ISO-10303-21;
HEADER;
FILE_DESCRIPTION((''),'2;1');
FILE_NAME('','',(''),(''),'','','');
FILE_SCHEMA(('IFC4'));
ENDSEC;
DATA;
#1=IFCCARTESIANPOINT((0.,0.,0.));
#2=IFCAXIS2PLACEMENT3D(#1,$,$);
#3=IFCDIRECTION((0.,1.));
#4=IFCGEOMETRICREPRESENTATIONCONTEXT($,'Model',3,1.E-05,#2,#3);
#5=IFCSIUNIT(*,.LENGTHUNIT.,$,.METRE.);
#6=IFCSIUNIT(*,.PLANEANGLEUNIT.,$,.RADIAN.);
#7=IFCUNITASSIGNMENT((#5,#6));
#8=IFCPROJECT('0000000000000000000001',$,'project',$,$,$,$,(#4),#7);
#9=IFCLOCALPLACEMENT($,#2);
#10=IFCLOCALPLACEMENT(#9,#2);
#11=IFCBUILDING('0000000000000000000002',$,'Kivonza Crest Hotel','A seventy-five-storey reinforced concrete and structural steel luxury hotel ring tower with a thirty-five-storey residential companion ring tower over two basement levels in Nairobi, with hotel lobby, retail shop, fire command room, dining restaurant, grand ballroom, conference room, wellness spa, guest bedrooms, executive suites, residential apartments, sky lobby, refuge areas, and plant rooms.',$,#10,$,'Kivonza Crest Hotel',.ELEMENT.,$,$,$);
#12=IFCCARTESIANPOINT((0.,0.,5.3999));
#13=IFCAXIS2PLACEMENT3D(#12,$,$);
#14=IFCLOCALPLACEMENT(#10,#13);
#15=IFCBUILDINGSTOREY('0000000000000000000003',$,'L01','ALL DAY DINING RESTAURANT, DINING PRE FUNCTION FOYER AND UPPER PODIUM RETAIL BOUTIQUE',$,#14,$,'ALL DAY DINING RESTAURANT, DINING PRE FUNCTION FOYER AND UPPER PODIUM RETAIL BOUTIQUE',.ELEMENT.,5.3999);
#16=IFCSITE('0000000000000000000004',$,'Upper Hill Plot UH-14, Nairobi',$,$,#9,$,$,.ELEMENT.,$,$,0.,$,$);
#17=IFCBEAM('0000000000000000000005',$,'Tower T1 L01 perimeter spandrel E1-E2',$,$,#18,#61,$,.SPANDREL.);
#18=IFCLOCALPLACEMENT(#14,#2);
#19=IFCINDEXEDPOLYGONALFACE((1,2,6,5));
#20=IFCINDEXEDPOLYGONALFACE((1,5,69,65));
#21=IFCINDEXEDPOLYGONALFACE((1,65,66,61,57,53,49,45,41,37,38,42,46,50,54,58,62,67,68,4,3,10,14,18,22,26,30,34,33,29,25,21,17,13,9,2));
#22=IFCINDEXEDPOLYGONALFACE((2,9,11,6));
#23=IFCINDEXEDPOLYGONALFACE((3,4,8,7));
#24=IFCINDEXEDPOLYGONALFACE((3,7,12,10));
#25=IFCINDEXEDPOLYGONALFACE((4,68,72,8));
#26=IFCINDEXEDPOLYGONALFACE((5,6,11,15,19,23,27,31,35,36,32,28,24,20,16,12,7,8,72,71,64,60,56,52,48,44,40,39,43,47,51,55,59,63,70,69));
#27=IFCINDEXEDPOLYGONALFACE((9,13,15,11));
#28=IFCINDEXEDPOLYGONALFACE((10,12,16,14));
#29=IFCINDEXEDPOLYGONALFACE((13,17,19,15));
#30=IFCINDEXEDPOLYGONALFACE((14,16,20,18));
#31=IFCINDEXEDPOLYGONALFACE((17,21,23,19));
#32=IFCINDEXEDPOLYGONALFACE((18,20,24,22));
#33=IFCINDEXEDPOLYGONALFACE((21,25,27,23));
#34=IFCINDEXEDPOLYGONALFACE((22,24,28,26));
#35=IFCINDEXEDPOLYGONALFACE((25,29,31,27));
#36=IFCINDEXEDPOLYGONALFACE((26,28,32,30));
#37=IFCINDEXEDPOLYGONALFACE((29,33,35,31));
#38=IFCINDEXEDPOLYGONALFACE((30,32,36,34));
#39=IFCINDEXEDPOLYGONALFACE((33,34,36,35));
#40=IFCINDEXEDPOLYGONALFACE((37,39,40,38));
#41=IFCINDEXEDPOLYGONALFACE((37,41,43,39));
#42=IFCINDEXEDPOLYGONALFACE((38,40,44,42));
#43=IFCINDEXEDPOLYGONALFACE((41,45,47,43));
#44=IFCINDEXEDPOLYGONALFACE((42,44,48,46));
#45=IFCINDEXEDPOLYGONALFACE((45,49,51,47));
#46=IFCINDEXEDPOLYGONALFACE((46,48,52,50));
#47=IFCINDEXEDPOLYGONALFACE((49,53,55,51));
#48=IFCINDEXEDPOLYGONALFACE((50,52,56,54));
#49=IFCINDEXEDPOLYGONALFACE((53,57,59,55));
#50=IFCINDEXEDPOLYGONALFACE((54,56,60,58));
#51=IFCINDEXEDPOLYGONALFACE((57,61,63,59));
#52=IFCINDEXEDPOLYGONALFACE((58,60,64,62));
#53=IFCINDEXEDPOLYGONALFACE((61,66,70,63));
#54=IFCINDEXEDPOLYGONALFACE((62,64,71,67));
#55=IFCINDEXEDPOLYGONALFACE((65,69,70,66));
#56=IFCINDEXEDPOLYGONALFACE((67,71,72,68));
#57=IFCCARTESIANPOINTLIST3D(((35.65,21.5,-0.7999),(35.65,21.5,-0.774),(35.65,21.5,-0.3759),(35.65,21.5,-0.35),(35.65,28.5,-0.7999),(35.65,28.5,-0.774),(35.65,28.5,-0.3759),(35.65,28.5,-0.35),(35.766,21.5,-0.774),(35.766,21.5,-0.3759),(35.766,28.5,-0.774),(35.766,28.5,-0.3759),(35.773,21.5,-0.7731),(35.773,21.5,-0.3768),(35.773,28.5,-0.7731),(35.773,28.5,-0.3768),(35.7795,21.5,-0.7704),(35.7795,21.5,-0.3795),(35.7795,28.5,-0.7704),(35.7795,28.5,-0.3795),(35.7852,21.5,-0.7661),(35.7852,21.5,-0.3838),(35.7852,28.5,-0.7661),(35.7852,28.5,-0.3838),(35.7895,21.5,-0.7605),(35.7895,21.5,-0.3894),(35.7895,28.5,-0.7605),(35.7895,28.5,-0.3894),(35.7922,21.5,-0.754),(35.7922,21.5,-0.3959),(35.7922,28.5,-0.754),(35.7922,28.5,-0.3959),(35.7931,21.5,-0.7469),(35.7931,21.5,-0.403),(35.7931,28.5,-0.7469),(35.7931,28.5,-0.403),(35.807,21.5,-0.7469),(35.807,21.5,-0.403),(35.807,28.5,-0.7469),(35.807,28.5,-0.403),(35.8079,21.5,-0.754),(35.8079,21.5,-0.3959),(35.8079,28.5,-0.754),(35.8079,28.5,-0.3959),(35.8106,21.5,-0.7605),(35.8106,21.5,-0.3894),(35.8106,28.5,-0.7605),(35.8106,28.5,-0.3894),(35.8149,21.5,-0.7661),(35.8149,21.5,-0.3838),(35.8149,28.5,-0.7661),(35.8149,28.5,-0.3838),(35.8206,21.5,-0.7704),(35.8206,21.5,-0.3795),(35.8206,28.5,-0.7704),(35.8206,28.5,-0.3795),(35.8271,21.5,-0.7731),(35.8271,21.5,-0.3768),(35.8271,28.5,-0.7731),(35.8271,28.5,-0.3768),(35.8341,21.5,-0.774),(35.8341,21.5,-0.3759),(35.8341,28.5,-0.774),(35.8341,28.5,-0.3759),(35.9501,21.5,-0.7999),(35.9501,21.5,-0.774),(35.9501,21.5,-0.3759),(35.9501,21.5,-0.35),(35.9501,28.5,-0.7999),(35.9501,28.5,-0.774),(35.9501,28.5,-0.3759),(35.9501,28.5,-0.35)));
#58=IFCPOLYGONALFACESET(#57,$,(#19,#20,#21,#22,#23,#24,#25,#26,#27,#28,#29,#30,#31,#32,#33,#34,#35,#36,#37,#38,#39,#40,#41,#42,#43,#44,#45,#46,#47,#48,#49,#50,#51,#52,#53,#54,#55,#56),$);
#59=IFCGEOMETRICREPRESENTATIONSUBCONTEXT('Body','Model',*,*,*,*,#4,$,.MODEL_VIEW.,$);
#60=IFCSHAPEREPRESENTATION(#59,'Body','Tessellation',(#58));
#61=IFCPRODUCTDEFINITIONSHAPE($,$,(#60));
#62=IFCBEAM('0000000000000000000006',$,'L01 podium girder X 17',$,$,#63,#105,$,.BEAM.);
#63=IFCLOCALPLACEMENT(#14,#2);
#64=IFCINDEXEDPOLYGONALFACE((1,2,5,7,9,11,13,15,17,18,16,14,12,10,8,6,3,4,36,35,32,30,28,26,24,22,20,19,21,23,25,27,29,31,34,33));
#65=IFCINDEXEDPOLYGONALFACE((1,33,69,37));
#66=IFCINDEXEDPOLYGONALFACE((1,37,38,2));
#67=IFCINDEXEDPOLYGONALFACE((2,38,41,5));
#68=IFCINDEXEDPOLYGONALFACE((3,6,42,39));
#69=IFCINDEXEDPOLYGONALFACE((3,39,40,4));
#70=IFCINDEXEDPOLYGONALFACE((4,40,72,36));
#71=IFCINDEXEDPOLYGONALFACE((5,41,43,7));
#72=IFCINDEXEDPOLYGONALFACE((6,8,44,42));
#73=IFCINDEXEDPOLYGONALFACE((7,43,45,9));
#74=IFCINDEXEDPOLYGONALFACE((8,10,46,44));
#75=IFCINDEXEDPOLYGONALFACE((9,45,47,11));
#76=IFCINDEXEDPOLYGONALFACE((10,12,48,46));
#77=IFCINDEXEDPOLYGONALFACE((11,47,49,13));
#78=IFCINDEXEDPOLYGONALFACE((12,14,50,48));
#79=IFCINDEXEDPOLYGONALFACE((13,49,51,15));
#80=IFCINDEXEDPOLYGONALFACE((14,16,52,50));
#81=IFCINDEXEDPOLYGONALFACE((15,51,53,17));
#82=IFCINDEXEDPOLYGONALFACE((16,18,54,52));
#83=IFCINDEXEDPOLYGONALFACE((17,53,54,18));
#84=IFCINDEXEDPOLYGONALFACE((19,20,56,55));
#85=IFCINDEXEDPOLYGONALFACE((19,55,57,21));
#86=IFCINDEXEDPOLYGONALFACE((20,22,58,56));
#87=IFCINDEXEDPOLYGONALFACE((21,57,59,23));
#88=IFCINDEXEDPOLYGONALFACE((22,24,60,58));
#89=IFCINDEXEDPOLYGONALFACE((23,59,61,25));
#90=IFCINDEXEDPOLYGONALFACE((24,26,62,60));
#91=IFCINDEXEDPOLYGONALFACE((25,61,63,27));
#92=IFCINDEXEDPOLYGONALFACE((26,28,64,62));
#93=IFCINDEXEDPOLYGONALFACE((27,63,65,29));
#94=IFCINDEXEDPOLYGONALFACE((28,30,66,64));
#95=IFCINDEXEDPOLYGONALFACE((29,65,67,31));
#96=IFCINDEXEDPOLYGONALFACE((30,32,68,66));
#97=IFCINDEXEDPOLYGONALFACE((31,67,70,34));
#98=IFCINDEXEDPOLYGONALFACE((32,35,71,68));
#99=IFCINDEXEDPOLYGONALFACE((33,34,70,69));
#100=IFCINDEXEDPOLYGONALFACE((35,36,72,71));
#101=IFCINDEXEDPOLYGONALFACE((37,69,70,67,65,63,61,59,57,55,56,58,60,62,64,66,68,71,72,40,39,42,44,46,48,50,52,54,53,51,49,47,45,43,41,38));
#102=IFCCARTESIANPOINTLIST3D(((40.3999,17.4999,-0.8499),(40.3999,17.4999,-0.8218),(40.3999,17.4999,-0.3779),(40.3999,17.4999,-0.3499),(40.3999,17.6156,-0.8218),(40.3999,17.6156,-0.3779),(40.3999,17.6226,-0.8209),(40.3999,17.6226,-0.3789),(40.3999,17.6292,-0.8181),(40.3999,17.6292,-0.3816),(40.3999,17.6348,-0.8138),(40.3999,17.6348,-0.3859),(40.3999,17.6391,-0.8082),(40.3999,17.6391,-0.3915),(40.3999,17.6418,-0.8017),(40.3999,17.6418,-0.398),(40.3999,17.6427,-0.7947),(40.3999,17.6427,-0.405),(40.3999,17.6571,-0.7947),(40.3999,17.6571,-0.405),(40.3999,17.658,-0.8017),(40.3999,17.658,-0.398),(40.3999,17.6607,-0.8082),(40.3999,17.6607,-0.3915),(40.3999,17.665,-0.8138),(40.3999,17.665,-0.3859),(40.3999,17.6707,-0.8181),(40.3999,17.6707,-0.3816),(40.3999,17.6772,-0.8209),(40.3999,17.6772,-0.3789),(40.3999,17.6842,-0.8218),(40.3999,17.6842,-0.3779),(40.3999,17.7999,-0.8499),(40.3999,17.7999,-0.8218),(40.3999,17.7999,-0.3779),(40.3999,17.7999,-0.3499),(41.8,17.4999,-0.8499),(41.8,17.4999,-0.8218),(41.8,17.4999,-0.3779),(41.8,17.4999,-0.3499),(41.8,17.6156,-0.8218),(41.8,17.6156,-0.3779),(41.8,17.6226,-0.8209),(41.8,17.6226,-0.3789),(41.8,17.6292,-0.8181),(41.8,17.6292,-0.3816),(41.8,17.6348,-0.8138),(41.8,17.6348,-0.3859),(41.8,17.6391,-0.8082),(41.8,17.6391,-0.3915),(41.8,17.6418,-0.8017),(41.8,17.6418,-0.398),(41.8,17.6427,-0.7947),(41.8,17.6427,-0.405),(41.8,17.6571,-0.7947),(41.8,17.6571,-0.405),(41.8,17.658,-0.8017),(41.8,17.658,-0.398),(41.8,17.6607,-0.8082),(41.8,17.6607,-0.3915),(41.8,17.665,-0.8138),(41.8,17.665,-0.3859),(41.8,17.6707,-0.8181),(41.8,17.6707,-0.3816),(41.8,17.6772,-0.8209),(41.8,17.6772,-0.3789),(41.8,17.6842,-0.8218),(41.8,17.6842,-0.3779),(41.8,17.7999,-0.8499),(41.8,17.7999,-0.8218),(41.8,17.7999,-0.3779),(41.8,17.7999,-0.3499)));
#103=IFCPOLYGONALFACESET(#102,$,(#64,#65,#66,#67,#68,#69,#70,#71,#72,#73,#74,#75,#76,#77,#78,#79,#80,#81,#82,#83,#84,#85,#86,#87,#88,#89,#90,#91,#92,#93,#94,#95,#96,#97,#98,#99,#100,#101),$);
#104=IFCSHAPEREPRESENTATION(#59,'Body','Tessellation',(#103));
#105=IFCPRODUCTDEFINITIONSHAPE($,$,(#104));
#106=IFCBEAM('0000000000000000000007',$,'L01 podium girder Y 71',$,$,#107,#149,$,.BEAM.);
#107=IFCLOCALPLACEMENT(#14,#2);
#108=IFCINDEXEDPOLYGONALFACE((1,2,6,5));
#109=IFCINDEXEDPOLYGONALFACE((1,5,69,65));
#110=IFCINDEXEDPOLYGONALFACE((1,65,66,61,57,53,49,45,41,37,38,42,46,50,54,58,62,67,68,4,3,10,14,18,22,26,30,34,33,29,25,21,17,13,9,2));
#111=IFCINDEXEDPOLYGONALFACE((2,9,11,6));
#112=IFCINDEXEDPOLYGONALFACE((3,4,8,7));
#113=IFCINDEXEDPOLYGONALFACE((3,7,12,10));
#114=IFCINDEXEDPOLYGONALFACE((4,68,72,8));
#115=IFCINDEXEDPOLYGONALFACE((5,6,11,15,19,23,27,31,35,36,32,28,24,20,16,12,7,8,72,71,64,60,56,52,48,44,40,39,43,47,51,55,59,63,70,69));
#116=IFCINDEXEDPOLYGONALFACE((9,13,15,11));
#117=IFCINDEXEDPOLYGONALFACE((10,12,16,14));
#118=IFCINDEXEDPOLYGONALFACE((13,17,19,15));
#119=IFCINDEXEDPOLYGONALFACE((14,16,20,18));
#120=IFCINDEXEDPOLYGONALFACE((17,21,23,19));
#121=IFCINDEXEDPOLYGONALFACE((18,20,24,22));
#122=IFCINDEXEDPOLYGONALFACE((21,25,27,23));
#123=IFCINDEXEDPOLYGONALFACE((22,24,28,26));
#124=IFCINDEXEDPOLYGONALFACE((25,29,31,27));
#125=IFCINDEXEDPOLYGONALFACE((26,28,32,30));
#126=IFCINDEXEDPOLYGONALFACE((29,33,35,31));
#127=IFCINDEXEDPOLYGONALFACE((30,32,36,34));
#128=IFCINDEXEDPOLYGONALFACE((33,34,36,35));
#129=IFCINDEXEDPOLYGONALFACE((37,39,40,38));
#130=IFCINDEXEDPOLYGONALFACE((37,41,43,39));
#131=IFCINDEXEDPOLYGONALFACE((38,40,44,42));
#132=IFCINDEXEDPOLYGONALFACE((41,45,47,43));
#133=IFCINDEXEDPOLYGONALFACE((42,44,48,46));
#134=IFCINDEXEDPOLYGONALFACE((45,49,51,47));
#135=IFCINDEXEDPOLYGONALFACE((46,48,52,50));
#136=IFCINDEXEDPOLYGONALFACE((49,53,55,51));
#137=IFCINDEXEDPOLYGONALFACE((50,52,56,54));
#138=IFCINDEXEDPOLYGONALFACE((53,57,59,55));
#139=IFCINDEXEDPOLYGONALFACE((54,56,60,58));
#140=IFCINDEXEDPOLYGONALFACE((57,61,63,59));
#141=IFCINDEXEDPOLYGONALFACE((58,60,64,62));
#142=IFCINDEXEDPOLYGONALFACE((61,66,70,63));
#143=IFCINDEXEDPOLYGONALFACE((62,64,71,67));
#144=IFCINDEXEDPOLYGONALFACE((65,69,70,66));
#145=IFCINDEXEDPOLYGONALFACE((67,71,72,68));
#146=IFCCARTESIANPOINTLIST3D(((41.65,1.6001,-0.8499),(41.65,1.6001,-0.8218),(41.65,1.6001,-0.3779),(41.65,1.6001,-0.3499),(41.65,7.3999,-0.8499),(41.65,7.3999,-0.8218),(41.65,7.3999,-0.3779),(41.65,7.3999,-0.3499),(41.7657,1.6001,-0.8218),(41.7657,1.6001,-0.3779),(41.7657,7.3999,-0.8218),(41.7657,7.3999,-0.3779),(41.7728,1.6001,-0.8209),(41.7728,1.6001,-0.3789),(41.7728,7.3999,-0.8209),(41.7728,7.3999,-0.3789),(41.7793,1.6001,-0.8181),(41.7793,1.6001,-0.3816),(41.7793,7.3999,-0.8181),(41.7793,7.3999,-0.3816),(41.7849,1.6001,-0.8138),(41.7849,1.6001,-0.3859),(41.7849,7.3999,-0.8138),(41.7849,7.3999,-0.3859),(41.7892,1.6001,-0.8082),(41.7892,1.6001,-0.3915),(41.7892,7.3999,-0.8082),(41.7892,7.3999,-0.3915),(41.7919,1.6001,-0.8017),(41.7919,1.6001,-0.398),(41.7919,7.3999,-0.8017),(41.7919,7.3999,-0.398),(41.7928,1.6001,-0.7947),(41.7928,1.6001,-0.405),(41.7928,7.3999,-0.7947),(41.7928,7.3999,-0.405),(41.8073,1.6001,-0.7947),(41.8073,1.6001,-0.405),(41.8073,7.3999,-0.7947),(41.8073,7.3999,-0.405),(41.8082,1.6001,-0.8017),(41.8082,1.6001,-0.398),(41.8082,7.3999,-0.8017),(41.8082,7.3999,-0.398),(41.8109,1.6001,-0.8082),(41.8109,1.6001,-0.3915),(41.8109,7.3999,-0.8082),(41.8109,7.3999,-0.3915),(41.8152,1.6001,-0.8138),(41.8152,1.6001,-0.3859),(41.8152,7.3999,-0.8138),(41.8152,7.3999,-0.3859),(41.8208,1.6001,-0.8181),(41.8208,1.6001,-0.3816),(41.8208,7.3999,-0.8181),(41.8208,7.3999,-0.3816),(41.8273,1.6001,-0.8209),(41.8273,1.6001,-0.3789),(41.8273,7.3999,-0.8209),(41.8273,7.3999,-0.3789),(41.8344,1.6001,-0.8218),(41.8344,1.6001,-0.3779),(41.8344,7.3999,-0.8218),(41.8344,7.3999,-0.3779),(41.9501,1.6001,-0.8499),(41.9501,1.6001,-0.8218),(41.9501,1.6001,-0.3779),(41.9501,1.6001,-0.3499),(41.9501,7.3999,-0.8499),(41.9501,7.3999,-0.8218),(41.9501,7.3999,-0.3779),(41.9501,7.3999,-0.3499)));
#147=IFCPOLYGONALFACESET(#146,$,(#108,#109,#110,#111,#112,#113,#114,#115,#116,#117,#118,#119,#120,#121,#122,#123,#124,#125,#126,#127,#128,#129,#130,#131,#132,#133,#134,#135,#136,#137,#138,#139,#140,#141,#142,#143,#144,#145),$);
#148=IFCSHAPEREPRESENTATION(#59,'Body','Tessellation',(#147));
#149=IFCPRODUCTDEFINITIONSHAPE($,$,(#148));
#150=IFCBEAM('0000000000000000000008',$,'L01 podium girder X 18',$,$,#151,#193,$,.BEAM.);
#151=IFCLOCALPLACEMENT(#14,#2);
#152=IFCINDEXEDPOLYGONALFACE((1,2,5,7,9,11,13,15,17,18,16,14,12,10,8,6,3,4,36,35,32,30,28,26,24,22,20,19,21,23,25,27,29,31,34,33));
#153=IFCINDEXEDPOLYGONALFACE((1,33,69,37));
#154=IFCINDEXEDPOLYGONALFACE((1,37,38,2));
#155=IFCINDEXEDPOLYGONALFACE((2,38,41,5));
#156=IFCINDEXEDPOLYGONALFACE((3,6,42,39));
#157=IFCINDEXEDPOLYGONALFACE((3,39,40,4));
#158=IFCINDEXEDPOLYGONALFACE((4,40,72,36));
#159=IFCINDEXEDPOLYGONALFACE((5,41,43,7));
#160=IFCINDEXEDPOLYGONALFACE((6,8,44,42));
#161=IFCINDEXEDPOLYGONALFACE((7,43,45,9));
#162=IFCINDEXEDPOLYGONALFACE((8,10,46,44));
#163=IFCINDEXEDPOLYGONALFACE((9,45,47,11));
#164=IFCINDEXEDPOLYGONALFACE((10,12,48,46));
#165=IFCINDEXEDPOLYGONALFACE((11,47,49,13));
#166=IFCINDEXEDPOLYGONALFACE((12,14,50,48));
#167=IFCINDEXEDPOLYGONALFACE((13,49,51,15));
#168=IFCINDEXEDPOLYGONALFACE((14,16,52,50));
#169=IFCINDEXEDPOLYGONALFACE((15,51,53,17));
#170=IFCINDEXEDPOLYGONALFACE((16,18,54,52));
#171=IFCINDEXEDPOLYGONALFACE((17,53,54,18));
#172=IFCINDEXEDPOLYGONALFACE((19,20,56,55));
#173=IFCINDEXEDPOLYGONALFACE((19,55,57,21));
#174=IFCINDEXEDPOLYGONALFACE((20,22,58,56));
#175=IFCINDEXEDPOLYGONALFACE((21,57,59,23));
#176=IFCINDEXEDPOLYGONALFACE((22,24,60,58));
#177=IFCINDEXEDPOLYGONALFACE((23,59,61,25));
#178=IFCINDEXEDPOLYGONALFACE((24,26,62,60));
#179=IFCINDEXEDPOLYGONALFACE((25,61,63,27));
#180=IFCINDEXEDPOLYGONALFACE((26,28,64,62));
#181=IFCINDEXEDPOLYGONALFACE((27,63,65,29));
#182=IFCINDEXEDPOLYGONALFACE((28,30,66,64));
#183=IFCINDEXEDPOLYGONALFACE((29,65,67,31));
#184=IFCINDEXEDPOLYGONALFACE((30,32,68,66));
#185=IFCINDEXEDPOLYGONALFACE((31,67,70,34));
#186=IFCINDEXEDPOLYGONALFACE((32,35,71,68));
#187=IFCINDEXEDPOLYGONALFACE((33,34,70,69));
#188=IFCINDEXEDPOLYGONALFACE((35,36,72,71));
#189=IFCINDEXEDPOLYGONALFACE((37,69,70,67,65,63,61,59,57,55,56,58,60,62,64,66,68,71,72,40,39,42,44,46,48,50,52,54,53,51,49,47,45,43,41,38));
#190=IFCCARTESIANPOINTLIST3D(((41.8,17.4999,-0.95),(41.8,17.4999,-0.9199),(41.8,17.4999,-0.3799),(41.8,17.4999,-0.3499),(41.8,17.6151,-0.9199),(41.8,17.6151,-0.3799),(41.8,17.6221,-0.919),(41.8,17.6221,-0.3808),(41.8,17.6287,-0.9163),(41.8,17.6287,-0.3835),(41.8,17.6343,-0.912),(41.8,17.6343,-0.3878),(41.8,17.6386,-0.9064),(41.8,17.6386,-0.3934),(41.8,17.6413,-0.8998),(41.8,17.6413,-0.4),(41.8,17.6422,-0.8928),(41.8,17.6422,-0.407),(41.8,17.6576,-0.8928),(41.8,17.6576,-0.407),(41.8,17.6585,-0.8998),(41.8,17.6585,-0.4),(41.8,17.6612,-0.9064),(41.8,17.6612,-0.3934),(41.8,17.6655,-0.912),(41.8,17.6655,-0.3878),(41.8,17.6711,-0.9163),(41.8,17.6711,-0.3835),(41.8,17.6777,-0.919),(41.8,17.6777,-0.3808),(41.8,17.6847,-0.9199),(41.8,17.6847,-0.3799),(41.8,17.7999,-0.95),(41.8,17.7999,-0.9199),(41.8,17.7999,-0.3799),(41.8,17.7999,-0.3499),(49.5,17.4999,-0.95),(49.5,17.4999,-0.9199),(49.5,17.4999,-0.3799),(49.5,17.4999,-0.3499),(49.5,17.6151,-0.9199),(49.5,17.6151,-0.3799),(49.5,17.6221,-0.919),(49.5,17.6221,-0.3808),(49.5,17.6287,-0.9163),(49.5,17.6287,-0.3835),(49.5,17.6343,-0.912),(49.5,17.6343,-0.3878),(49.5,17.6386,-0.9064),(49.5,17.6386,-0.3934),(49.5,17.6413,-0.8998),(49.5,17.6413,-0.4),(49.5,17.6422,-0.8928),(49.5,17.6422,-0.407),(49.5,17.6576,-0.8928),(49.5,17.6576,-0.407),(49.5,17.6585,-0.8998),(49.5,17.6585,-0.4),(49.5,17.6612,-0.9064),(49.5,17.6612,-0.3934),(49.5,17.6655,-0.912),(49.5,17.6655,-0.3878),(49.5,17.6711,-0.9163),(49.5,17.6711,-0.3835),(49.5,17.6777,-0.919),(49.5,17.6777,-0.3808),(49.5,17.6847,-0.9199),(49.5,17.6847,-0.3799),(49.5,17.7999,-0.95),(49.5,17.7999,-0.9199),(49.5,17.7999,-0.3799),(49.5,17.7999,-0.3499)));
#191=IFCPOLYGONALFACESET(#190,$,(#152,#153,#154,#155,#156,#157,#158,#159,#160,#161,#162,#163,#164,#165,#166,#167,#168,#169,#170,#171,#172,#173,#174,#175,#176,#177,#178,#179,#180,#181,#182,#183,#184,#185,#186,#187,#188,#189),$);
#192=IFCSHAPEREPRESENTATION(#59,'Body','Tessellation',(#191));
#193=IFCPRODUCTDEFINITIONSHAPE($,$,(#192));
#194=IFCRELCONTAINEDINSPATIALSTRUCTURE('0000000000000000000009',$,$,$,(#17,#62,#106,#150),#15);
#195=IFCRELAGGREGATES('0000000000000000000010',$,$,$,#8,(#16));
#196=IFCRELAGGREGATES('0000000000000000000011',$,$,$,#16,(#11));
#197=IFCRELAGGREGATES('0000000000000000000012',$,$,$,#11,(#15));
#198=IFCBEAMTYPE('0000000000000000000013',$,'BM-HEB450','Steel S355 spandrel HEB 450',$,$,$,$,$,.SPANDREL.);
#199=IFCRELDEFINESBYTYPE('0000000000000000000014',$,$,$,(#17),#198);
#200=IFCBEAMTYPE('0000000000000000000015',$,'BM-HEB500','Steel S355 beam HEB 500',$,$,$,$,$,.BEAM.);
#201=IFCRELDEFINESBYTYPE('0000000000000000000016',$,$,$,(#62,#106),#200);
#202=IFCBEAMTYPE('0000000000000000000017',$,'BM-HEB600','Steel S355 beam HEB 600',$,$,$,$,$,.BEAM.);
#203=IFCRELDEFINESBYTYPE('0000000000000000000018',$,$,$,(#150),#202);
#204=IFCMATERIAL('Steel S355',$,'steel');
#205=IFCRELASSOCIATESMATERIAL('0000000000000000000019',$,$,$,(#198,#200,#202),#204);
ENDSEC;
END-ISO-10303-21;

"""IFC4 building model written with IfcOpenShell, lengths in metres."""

from ifc_helpers import new_model, si_unit, direction, frame, origin, origin_2d, place, context, subcontext, project, spatial, i_section, extrude, material, material_profile, profile_set, type_object, element, save


model = new_model("IFC4")

# Units and contexts
model_context = context("Model", 3, precision=1e-05, world=origin(), true_north=direction((0.0, 1.0)))
body_context = subcontext(model_context, "Body", "Model", "MODEL_VIEW")
ifc_project = project(units=[si_unit("LENGTHUNIT", "METRE"), si_unit("PLANEANGLEUNIT", "RADIAN")], contexts=[model_context])

# Site, building, storey
site_placement = place(None, origin())
site = spatial("IfcSite", under=ifc_project, at=site_placement, Name="Upper Hill Plot UH-14, Nairobi", CompositionType="ELEMENT", RefElevation=0.0)
building_placement = place(site_placement, origin())
building = spatial("IfcBuilding", under=site, at=building_placement, Name="Kivonza Crest Hotel", Description="A seventy-five-storey reinforced concrete and structural steel luxury hotel ring tower with a thirty-five-storey residential companion ring tower over two basement levels in Nairobi, with hotel lobby, retail shop, fire command room, dining restaurant, grand ballroom, conference room, wellness spa, guest bedrooms, executive suites, residential apartments, sky lobby, refuge areas, and plant rooms.", LongName="Kivonza Crest Hotel", CompositionType="ELEMENT")
storey_placement = place(building_placement, frame((0.0, 0.0, 5.3999)))
storey = spatial("IfcBuildingStorey", under=building, at=storey_placement, Name="L01", Description="ALL DAY DINING RESTAURANT, DINING PRE FUNCTION FOYER AND UPPER PODIUM RETAIL BOUTIQUE", LongName="ALL DAY DINING RESTAURANT, DINING PRE FUNCTION FOYER AND UPPER PODIUM RETAIL BOUTIQUE", CompositionType="ELEMENT", Elevation=5.3999)

# Beams
ifc_material_1 = material(Name="Steel S355", Category="steel")
ifc_material_profile_1 = material_profile(ifc_material_1, i_section(OverallWidth=0.3, OverallDepth=0.45, WebThickness=0.0139, FlangeThickness=0.0259, FilletRadius=0.0271, at=origin_2d()), Name="HEB 450")
ifc_profile_set_1 = profile_set([ifc_material_profile_1], Name="Steel S355")
beam_type_1 = type_object("IfcBeamType", Name="BM-HEB450", Description="Steel S355 spandrel HEB 450", PredefinedType="SPANDREL", material=ifc_profile_set_1)
beam_1_placement = place(storey_placement, frame((35.8, 21.5, -0.575), z_axis=(0.0, 1.0, 0.0), x_axis=(-1.0, 0.0, 0.0)))
element("IfcBeam", 1, at=beam_1_placement, inside=storey, type_object=beam_type_1, Name="Tower T1 L01 perimeter spandrel E1-E2", PredefinedType="SPANDREL", context=body_context, shape_type="SweptSolid", body=[
    extrude(i_section(OverallWidth=0.3, OverallDepth=0.45, WebThickness=0.0139, FlangeThickness=0.0259, FilletRadius=0.0271, at=origin_2d()), origin(), (0.0, 0.0, 1.0), 7.0),
])
ifc_material_profile_2 = material_profile(ifc_material_1, i_section(OverallWidth=0.3, OverallDepth=0.5, WebThickness=0.0144, FlangeThickness=0.0281, FilletRadius=0.0271, at=origin_2d()), Name="HEB 500")
ifc_profile_set_2 = profile_set([ifc_material_profile_2], Name="Steel S355")
beam_type_2 = type_object("IfcBeamType", Name="BM-HEB500", Description="Steel S355 beam HEB 500", PredefinedType="BEAM", material=ifc_profile_set_2)
beam_2_placement = place(storey_placement, frame((40.3999, 17.6499, -0.5999), z_axis=(1.0, 0.0, 0.0), x_axis=(0.0, 1.0, 0.0)))
element("IfcBeam", 2, at=beam_2_placement, inside=storey, type_object=beam_type_2, Name="L01 podium girder X 17", PredefinedType="BEAM", context=body_context, shape_type="SweptSolid", body=[
    extrude(i_section(OverallWidth=0.3, OverallDepth=0.5, WebThickness=0.0144, FlangeThickness=0.0281, FilletRadius=0.0271, at=origin_2d()), origin(), (0.0, 0.0, 1.0), 1.4001),
])
beam_3_placement = place(storey_placement, frame((41.8, 1.6001, -0.5999), z_axis=(0.0, 1.0, 0.0), x_axis=(-1.0, 0.0, 0.0)))
element("IfcBeam", 3, at=beam_3_placement, inside=storey, type_object=beam_type_2, Name="L01 podium girder Y 71", PredefinedType="BEAM", context=body_context, shape_type="SweptSolid", body=[
    extrude(i_section(OverallWidth=0.3, OverallDepth=0.5, WebThickness=0.0144, FlangeThickness=0.0281, FilletRadius=0.0271, at=origin_2d()), origin(), (0.0, 0.0, 1.0), 5.7998),
])
ifc_material_profile_3 = material_profile(ifc_material_1, i_section(OverallWidth=0.3, OverallDepth=0.6001, WebThickness=0.0154, FlangeThickness=0.03, FilletRadius=0.0271, at=origin_2d()), Name="HEB 600")
ifc_profile_set_3 = profile_set([ifc_material_profile_3], Name="Steel S355")
beam_type_3 = type_object("IfcBeamType", Name="BM-HEB600", Description="Steel S355 beam HEB 600", PredefinedType="BEAM", material=ifc_profile_set_3)
beam_4_placement = place(storey_placement, frame((41.8, 17.6499, -0.6499), z_axis=(1.0, 0.0, 0.0), x_axis=(0.0, 1.0, 0.0)))
element("IfcBeam", 4, at=beam_4_placement, inside=storey, type_object=beam_type_3, Name="L01 podium girder X 18", PredefinedType="BEAM", context=body_context, shape_type="SweptSolid", body=[
    extrude(i_section(OverallWidth=0.3, OverallDepth=0.6001, WebThickness=0.0154, FlangeThickness=0.03, FilletRadius=0.0271, at=origin_2d()), origin(), (0.0, 0.0, 1.0), 7.7),
])

save(model, "model.ifc")
